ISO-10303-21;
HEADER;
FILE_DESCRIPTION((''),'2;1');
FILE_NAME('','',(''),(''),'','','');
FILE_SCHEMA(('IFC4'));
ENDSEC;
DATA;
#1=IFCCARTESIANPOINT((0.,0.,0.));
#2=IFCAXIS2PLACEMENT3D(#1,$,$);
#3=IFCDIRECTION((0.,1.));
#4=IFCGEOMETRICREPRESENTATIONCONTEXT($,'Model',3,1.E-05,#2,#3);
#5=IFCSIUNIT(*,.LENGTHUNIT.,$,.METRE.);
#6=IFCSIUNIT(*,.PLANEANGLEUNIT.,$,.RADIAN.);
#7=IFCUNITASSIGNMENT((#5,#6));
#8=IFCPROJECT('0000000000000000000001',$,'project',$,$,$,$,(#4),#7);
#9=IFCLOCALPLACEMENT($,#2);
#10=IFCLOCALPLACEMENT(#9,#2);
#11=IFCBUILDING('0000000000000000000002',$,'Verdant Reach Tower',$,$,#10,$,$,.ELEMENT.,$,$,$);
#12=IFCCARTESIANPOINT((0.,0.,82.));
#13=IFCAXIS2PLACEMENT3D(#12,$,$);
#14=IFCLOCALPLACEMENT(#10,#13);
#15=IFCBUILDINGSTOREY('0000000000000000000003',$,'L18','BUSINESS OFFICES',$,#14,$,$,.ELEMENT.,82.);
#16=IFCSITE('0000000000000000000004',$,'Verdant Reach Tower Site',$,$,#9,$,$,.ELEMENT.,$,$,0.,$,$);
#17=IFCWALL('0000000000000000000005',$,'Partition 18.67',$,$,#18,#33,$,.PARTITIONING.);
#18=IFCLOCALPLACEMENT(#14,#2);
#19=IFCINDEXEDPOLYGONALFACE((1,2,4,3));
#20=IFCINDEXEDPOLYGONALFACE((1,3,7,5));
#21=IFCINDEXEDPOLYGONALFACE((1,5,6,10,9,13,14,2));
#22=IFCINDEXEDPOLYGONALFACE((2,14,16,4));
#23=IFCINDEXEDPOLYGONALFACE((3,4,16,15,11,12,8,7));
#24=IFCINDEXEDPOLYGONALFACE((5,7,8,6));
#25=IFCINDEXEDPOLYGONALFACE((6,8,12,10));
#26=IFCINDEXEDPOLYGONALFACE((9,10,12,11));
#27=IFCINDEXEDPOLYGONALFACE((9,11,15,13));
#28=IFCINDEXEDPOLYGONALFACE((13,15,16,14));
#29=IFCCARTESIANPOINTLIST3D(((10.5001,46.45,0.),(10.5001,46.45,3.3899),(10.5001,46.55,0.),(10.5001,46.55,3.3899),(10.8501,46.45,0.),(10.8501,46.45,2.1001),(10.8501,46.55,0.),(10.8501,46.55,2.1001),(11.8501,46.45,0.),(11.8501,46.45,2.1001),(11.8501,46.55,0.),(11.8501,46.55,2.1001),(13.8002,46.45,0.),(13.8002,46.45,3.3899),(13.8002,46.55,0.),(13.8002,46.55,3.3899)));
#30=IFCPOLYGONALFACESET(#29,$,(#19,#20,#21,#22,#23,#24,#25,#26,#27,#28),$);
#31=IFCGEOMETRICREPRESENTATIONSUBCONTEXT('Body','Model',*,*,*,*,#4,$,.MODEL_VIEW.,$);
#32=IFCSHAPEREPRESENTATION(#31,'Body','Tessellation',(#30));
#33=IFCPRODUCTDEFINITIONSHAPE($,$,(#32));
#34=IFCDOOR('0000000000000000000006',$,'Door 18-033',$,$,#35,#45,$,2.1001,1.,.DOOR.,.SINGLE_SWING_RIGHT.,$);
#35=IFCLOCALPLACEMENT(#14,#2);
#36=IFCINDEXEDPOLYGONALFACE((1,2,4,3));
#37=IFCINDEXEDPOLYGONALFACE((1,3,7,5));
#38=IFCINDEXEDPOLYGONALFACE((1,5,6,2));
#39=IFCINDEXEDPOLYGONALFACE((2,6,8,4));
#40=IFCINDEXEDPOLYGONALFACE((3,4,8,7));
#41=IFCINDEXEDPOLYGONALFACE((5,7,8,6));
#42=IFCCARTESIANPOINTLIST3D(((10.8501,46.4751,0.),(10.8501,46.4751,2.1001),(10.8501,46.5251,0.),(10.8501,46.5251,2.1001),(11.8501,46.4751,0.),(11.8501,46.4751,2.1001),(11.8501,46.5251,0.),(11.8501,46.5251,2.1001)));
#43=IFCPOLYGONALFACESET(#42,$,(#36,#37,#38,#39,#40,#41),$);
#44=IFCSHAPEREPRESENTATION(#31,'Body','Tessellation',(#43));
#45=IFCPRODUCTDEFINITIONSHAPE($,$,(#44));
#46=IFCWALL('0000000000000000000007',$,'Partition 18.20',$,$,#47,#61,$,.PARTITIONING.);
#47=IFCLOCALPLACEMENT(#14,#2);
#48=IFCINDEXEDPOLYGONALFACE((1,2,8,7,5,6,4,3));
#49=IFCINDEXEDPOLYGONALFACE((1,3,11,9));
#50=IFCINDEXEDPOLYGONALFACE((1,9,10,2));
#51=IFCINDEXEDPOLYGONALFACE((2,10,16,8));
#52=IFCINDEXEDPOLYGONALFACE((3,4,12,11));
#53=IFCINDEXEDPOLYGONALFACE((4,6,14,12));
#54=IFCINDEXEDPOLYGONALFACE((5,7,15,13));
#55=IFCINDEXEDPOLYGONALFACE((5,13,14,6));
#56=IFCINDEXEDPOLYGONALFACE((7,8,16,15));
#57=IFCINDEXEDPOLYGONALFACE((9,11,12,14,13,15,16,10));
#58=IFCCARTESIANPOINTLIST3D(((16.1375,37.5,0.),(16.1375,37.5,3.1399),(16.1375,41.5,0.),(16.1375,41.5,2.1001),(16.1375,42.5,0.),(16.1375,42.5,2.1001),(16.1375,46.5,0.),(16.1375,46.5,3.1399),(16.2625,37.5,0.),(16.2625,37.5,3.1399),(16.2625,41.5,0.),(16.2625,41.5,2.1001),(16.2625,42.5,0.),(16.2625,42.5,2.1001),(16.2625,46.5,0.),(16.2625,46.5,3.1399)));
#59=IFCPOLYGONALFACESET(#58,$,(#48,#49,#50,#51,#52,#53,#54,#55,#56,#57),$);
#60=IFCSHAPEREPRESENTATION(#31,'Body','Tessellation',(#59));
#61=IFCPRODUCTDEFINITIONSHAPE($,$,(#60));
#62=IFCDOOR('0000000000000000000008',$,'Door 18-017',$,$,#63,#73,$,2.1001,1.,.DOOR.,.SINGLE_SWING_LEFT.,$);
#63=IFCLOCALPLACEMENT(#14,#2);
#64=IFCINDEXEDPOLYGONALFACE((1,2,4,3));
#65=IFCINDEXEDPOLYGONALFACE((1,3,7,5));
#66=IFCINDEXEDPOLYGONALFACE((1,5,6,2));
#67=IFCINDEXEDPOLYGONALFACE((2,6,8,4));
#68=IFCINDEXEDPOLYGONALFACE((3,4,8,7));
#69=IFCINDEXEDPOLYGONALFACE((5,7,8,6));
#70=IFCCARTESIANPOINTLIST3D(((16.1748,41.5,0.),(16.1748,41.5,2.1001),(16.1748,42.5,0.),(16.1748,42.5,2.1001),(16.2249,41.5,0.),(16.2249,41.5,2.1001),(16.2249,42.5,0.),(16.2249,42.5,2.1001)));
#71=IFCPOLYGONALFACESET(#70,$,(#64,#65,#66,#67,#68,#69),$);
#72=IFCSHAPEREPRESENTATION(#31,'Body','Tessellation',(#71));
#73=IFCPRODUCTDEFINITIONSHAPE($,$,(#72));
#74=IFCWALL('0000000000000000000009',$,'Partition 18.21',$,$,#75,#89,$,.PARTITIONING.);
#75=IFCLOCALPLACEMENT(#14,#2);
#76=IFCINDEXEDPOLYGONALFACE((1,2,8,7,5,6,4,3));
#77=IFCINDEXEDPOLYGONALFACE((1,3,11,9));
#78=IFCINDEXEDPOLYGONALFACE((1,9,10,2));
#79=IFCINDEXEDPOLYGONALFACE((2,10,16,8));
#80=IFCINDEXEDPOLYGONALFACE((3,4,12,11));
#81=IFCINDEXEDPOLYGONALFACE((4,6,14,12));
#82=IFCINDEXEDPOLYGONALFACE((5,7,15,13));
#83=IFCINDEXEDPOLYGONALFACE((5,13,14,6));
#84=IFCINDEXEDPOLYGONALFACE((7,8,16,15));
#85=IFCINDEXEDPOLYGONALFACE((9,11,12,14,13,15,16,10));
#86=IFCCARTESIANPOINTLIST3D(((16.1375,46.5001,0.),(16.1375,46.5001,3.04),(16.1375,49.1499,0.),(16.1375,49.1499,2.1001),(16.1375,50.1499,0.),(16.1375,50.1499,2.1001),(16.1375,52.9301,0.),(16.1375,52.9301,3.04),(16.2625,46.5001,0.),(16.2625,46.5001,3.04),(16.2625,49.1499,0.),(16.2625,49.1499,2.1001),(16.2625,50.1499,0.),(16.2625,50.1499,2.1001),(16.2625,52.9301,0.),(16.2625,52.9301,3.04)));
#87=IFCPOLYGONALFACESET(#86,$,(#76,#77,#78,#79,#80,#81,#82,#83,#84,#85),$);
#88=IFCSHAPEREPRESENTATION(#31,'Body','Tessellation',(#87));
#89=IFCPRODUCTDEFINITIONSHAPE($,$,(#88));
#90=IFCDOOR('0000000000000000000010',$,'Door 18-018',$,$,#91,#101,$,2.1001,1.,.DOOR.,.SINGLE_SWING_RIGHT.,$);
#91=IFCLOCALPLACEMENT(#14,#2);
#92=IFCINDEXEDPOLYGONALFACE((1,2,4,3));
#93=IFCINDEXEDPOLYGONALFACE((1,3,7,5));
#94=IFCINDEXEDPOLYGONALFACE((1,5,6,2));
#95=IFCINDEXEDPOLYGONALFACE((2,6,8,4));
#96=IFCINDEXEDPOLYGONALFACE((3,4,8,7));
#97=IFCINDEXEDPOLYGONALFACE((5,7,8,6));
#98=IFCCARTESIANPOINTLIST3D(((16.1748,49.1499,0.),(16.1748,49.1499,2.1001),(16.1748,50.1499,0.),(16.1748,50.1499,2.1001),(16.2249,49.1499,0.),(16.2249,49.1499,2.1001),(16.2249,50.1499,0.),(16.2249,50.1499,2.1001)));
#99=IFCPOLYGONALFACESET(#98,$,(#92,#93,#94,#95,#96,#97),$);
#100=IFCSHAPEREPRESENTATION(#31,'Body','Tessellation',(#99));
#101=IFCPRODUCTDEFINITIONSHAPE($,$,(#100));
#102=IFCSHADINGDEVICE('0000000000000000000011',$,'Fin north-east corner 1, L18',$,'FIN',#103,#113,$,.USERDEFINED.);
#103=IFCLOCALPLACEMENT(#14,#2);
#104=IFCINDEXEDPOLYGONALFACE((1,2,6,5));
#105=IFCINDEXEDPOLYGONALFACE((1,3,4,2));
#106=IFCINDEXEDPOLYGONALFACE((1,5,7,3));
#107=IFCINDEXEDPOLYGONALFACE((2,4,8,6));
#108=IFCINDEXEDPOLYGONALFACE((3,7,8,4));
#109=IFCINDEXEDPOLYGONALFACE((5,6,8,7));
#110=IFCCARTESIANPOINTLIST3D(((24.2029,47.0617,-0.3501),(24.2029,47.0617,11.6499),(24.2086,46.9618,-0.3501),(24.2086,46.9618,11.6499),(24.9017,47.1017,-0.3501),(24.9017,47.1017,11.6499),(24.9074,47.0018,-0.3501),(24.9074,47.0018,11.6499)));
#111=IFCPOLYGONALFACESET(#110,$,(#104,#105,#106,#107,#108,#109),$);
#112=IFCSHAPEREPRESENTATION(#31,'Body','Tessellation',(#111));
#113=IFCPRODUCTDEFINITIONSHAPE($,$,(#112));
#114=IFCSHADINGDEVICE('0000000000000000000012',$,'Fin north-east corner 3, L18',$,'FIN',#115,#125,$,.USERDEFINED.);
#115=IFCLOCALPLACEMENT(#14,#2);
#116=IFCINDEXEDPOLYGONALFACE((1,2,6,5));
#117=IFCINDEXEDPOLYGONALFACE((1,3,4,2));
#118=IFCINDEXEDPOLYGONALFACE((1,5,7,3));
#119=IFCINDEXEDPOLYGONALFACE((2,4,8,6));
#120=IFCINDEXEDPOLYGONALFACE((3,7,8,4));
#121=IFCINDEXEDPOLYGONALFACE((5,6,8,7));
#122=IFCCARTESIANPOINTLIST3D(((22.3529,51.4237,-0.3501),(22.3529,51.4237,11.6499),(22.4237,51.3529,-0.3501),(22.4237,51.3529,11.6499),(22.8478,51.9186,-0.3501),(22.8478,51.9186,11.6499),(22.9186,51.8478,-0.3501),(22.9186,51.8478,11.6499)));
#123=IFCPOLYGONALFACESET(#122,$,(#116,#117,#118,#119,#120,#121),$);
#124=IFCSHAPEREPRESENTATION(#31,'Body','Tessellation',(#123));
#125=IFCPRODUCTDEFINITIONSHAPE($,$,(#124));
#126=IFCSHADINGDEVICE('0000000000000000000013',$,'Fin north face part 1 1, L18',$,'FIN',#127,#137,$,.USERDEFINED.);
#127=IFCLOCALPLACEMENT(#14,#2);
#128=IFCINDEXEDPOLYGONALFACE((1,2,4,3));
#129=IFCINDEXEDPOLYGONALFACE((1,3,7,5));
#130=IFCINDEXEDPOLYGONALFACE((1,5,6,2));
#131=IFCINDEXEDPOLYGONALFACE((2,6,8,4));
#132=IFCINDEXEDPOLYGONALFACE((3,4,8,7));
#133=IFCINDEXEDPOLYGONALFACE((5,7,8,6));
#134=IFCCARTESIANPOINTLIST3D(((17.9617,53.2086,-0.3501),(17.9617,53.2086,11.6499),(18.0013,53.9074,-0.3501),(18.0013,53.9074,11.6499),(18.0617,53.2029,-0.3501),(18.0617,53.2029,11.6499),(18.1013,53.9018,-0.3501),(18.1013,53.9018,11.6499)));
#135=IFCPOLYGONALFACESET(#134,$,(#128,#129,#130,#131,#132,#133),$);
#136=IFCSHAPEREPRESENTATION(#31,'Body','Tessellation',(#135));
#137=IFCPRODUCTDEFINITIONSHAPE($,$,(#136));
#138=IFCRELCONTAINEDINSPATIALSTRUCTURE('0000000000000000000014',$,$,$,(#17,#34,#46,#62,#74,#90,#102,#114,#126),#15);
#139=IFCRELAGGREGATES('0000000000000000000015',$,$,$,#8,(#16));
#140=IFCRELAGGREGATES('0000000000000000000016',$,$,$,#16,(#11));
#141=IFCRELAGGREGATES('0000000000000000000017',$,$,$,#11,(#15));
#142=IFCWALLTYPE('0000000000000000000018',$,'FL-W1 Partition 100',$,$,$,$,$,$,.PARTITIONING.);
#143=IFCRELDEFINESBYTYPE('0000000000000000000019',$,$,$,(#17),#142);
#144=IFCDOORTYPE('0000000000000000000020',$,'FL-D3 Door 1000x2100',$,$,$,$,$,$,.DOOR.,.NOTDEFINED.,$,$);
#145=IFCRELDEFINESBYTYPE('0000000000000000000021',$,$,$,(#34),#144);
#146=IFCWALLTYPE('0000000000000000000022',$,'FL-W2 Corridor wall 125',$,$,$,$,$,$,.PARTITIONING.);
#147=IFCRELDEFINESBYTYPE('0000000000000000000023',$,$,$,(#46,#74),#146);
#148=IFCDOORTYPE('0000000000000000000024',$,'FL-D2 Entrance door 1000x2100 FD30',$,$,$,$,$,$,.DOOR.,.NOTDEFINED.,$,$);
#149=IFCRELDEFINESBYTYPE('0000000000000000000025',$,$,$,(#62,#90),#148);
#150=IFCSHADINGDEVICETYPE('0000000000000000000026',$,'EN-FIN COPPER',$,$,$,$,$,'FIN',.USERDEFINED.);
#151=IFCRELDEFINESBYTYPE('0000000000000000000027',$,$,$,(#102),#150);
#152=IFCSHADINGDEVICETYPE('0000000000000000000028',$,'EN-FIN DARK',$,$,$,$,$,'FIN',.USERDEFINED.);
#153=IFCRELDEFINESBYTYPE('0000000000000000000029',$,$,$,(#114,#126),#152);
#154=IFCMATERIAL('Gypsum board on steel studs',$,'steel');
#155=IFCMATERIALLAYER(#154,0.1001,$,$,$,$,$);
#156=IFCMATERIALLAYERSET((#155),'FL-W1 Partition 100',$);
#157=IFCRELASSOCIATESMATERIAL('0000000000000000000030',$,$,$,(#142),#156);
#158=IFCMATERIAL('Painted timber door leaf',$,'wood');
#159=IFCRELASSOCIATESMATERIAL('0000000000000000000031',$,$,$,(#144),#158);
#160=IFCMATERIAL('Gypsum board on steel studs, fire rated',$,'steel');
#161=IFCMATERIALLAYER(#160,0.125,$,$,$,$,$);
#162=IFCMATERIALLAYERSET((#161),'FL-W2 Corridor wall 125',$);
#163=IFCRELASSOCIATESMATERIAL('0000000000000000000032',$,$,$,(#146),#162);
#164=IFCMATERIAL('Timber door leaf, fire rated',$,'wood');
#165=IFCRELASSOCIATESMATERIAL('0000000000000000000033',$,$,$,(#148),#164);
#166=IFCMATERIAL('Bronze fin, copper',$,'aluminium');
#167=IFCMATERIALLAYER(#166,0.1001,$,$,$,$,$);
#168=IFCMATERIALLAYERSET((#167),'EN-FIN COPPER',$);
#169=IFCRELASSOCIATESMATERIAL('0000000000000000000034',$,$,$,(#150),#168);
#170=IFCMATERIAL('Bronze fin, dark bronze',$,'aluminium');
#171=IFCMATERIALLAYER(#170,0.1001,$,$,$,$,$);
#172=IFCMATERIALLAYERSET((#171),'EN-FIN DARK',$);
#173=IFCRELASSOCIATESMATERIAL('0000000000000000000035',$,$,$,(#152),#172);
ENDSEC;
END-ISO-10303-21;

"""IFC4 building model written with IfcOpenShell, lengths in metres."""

from ifc_helpers import new_model, si_unit, direction, frame, frame_2d, origin, origin_2d, place, context, subcontext, project, spatial, rectangle, extrude, material, layer, layer_set, type_object, element, fill, save


model = new_model("IFC4")

# Units and contexts
model_context = context("Model", 3, precision=1e-05, world=origin(), true_north=direction((0.0, 1.0)))
body_context = subcontext(model_context, "Body", "Model", "MODEL_VIEW")
ifc_project = project(units=[si_unit("LENGTHUNIT", "METRE"), si_unit("PLANEANGLEUNIT", "RADIAN")], contexts=[model_context])

# Site, building, storey
site_placement = place(None, origin())
site = spatial("IfcSite", under=ifc_project, at=site_placement, Name="Verdant Reach Tower Site", CompositionType="ELEMENT", RefElevation=0.0)
building_placement = place(site_placement, origin())
building = spatial("IfcBuilding", under=site, at=building_placement, Name="Verdant Reach Tower", CompositionType="ELEMENT")
storey_placement = place(building_placement, frame((0.0, 0.0, 82.0)))
storey = spatial("IfcBuildingStorey", under=building, at=storey_placement, Name="L18", Description="BUSINESS OFFICES", CompositionType="ELEMENT", Elevation=82.0)

# Shared definitions
ifc_material_1 = material(Name="Gypsum board on steel studs", Category="steel")
ifc_layer_1 = layer(ifc_material_1, 0.1001)
ifc_layer_set_1 = layer_set([ifc_layer_1], Name="FL-W1 Partition 100")
wall_type_1 = type_object("IfcWallType", Name="FL-W1 Partition 100", PredefinedType="PARTITIONING", material=ifc_layer_set_1)

# Walls, openings, doors
wall_1_placement = place(storey_placement, frame((13.8, 46.5, 0.0), z_axis=(0.0, 0.0, 1.0), x_axis=(-1.0, 0.0, 0.0)))
wall_1 = element("IfcWall", 1, at=wall_1_placement, inside=storey, type_object=wall_type_1, Name="Partition 18.67", PredefinedType="PARTITIONING", context=body_context, shape_type="SweptSolid", body=[
    extrude(rectangle(XDim=3.3, YDim=0.1001, at=frame_2d((1.6499, 0.0))), origin(), (0.0, 0.0, 1.0), 3.3899),
])
opening_1_placement = place(wall_1_placement, frame((1.95, 0.0, 0.0)))
opening_1 = element("IfcOpeningElement", 2, at=opening_1_placement, cuts=wall_1, PredefinedType="OPENING", context=body_context, shape_type="SweptSolid", body=[
    extrude(rectangle(XDim=1.0, YDim=2.1001, at=frame_2d((0.5, 1.05))), frame((0.0, 0.0601, 0.0), z_axis=(0.0, -1.0, 0.0), x_axis=(1.0, 0.0, 0.0)), (0.0, 0.0, 1.0), 0.1201),
])
ifc_material_2 = material(Name="Painted timber door leaf", Category="wood")
door_type_1 = type_object("IfcDoorType", Name="FL-D3 Door 1000x2100", OperationType="NOTDEFINED", PredefinedType="DOOR", material=ifc_material_2)
door_1_placement = place(opening_1_placement, origin())
door_1 = element("IfcDoor", 3, at=door_1_placement, inside=storey, type_object=door_type_1, Name="Door 18-033", OperationType="SINGLE_SWING_RIGHT", OverallHeight=2.1001, OverallWidth=1.0, PredefinedType="DOOR", context=body_context, shape_type="SweptSolid", body=[
    extrude(rectangle(XDim=1.0, YDim=2.1001, at=frame_2d((0.5, 1.05))), frame((0.0, 0.0249, 0.0), z_axis=(0.0, -1.0, 0.0), x_axis=(1.0, 0.0, 0.0)), (0.0, 0.0, 1.0), 0.05),
])
fill(opening_1, door_1)
ifc_material_3 = material(Name="Gypsum board on steel studs, fire rated", Category="steel")
ifc_layer_2 = layer(ifc_material_3, 0.125)
ifc_layer_set_2 = layer_set([ifc_layer_2], Name="FL-W2 Corridor wall 125")
wall_type_2 = type_object("IfcWallType", Name="FL-W2 Corridor wall 125", PredefinedType="PARTITIONING", material=ifc_layer_set_2)
wall_2_placement = place(storey_placement, frame((16.2, 46.5, 0.0), z_axis=(0.0, 0.0, 1.0), x_axis=(0.0, -1.0, 0.0)))
wall_2 = element("IfcWall", 4, at=wall_2_placement, inside=storey, type_object=wall_type_2, Name="Partition 18.20", PredefinedType="PARTITIONING", context=body_context, shape_type="SweptSolid", body=[
    extrude(rectangle(XDim=9.0, YDim=0.125, at=frame_2d((4.5, 0.0))), origin(), (0.0, 0.0, 1.0), 3.1399),
])
opening_2_placement = place(wall_2_placement, frame((4.0, 0.0, 0.0)))
opening_2 = element("IfcOpeningElement", 5, at=opening_2_placement, cuts=wall_2, PredefinedType="OPENING", context=body_context, shape_type="SweptSolid", body=[
    extrude(rectangle(XDim=1.0, YDim=2.1001, at=frame_2d((0.5, 1.05))), frame((0.0, 0.0725, 0.0), z_axis=(0.0, -1.0, 0.0), x_axis=(1.0, 0.0, 0.0)), (0.0, 0.0, 1.0), 0.145),
])
ifc_material_4 = material(Name="Timber door leaf, fire rated", Category="wood")
door_type_2 = type_object("IfcDoorType", Name="FL-D2 Entrance door 1000x2100 FD30", OperationType="NOTDEFINED", PredefinedType="DOOR", material=ifc_material_4)
door_2_placement = place(opening_2_placement, origin())
door_2 = element("IfcDoor", 6, at=door_2_placement, inside=storey, type_object=door_type_2, Name="Door 18-017", OperationType="SINGLE_SWING_LEFT", OverallHeight=2.1001, OverallWidth=1.0, PredefinedType="DOOR", context=body_context, shape_type="SweptSolid", body=[
    extrude(rectangle(XDim=1.0, YDim=2.1001, at=frame_2d((0.5, 1.05))), frame((0.0, 0.0249, 0.0), z_axis=(0.0, -1.0, 0.0), x_axis=(1.0, 0.0, 0.0)), (0.0, 0.0, 1.0), 0.05),
])
fill(opening_2, door_2)
wall_3_placement = place(storey_placement, frame((16.2, 52.9299, 0.0), z_axis=(0.0, 0.0, 1.0), x_axis=(0.0, -1.0, 0.0)))
wall_3 = element("IfcWall", 7, at=wall_3_placement, inside=storey, type_object=wall_type_2, Name="Partition 18.21", PredefinedType="PARTITIONING", context=body_context, shape_type="SweptSolid", body=[
    extrude(rectangle(XDim=6.4299, YDim=0.125, at=frame_2d((3.2148, 0.0))), origin(), (0.0, 0.0, 1.0), 3.04),
])
opening_3_placement = place(wall_3_placement, frame((2.78, 0.0, 0.0)))
opening_3 = element("IfcOpeningElement", 8, at=opening_3_placement, cuts=wall_3, PredefinedType="OPENING", context=body_context, shape_type="SweptSolid", body=[
    extrude(rectangle(XDim=1.0, YDim=2.1001, at=frame_2d((0.5, 1.05))), frame((0.0, 0.0725, 0.0), z_axis=(0.0, -1.0, 0.0), x_axis=(1.0, 0.0, 0.0)), (0.0, 0.0, 1.0), 0.145),
])
door_3_placement = place(opening_3_placement, origin())
door_3 = element("IfcDoor", 9, at=door_3_placement, inside=storey, type_object=door_type_2, Name="Door 18-018", OperationType="SINGLE_SWING_RIGHT", OverallHeight=2.1001, OverallWidth=1.0, PredefinedType="DOOR", context=body_context, shape_type="SweptSolid", body=[
    extrude(rectangle(XDim=1.0, YDim=2.1001, at=frame_2d((0.5, 1.05))), frame((0.0, 0.0249, 0.0), z_axis=(0.0, -1.0, 0.0), x_axis=(1.0, 0.0, 0.0)), (0.0, 0.0, 1.0), 0.05),
])
fill(opening_3, door_3)

# Shading devices
ifc_material_5 = material(Name="Bronze fin, copper", Category="aluminium")
ifc_layer_3 = layer(ifc_material_5, 0.1001)
ifc_layer_set_3 = layer_set([ifc_layer_3], Name="EN-FIN COPPER")
shading_device_type_1 = type_object("IfcShadingDeviceType", Name="EN-FIN COPPER", ElementType="FIN", PredefinedType="USERDEFINED", material=ifc_layer_set_3)
shading_device_placement = place(storey_placement, frame((24.5552, 47.0317, -0.3501), z_axis=(0.0, 0.0, 1.0), x_axis=(-0.057135, 0.998366, 0.0)))
element("IfcShadingDevice", 10, at=shading_device_placement, inside=storey, type_object=shading_device_type_1, Name="Fin north-east corner 1, L18", ObjectType="FIN", PredefinedType="USERDEFINED", context=body_context, shape_type="SweptSolid", body=[
    extrude(rectangle(XDim=0.1001, YDim=0.7, at=origin_2d()), origin(), (0.0, 0.0, 1.0), 12.0),
])
ifc_material_6 = material(Name="Bronze fin, dark bronze", Category="aluminium")
ifc_layer_4 = layer(ifc_material_6, 0.1001)
ifc_layer_set_4 = layer_set([ifc_layer_4], Name="EN-FIN DARK")
shading_device_type_2 = type_object("IfcShadingDeviceType", Name="EN-FIN DARK", ElementType="FIN", PredefinedType="USERDEFINED", material=ifc_layer_set_4)
for number, where, z_axis, x_axis, name in (
    (11, (22.6357, 51.6357, -0.3501), (0.0, 0.0, 1.0), (-0.707107, 0.707107, 0.0), "Fin north-east corner 3, L18"),
    (12, (18.0315, 53.5552, -0.3501), (0.0, 0.0, 1.0), (-0.998399, 0.056569, 0.0), "Fin north face part 1 1, L18"),
):
    element("IfcShadingDevice", number, at=place(storey_placement, frame(where, z_axis=z_axis, x_axis=x_axis)), inside=storey, type_object=shading_device_type_2, Name=name, ObjectType="FIN", PredefinedType="USERDEFINED", context=body_context, shape_type="SweptSolid", body=[
        extrude(rectangle(XDim=0.1001, YDim=0.7, at=origin_2d()), origin(), (0.0, 0.0, 1.0), 12.0),
    ])

save(model, "model.ifc")
